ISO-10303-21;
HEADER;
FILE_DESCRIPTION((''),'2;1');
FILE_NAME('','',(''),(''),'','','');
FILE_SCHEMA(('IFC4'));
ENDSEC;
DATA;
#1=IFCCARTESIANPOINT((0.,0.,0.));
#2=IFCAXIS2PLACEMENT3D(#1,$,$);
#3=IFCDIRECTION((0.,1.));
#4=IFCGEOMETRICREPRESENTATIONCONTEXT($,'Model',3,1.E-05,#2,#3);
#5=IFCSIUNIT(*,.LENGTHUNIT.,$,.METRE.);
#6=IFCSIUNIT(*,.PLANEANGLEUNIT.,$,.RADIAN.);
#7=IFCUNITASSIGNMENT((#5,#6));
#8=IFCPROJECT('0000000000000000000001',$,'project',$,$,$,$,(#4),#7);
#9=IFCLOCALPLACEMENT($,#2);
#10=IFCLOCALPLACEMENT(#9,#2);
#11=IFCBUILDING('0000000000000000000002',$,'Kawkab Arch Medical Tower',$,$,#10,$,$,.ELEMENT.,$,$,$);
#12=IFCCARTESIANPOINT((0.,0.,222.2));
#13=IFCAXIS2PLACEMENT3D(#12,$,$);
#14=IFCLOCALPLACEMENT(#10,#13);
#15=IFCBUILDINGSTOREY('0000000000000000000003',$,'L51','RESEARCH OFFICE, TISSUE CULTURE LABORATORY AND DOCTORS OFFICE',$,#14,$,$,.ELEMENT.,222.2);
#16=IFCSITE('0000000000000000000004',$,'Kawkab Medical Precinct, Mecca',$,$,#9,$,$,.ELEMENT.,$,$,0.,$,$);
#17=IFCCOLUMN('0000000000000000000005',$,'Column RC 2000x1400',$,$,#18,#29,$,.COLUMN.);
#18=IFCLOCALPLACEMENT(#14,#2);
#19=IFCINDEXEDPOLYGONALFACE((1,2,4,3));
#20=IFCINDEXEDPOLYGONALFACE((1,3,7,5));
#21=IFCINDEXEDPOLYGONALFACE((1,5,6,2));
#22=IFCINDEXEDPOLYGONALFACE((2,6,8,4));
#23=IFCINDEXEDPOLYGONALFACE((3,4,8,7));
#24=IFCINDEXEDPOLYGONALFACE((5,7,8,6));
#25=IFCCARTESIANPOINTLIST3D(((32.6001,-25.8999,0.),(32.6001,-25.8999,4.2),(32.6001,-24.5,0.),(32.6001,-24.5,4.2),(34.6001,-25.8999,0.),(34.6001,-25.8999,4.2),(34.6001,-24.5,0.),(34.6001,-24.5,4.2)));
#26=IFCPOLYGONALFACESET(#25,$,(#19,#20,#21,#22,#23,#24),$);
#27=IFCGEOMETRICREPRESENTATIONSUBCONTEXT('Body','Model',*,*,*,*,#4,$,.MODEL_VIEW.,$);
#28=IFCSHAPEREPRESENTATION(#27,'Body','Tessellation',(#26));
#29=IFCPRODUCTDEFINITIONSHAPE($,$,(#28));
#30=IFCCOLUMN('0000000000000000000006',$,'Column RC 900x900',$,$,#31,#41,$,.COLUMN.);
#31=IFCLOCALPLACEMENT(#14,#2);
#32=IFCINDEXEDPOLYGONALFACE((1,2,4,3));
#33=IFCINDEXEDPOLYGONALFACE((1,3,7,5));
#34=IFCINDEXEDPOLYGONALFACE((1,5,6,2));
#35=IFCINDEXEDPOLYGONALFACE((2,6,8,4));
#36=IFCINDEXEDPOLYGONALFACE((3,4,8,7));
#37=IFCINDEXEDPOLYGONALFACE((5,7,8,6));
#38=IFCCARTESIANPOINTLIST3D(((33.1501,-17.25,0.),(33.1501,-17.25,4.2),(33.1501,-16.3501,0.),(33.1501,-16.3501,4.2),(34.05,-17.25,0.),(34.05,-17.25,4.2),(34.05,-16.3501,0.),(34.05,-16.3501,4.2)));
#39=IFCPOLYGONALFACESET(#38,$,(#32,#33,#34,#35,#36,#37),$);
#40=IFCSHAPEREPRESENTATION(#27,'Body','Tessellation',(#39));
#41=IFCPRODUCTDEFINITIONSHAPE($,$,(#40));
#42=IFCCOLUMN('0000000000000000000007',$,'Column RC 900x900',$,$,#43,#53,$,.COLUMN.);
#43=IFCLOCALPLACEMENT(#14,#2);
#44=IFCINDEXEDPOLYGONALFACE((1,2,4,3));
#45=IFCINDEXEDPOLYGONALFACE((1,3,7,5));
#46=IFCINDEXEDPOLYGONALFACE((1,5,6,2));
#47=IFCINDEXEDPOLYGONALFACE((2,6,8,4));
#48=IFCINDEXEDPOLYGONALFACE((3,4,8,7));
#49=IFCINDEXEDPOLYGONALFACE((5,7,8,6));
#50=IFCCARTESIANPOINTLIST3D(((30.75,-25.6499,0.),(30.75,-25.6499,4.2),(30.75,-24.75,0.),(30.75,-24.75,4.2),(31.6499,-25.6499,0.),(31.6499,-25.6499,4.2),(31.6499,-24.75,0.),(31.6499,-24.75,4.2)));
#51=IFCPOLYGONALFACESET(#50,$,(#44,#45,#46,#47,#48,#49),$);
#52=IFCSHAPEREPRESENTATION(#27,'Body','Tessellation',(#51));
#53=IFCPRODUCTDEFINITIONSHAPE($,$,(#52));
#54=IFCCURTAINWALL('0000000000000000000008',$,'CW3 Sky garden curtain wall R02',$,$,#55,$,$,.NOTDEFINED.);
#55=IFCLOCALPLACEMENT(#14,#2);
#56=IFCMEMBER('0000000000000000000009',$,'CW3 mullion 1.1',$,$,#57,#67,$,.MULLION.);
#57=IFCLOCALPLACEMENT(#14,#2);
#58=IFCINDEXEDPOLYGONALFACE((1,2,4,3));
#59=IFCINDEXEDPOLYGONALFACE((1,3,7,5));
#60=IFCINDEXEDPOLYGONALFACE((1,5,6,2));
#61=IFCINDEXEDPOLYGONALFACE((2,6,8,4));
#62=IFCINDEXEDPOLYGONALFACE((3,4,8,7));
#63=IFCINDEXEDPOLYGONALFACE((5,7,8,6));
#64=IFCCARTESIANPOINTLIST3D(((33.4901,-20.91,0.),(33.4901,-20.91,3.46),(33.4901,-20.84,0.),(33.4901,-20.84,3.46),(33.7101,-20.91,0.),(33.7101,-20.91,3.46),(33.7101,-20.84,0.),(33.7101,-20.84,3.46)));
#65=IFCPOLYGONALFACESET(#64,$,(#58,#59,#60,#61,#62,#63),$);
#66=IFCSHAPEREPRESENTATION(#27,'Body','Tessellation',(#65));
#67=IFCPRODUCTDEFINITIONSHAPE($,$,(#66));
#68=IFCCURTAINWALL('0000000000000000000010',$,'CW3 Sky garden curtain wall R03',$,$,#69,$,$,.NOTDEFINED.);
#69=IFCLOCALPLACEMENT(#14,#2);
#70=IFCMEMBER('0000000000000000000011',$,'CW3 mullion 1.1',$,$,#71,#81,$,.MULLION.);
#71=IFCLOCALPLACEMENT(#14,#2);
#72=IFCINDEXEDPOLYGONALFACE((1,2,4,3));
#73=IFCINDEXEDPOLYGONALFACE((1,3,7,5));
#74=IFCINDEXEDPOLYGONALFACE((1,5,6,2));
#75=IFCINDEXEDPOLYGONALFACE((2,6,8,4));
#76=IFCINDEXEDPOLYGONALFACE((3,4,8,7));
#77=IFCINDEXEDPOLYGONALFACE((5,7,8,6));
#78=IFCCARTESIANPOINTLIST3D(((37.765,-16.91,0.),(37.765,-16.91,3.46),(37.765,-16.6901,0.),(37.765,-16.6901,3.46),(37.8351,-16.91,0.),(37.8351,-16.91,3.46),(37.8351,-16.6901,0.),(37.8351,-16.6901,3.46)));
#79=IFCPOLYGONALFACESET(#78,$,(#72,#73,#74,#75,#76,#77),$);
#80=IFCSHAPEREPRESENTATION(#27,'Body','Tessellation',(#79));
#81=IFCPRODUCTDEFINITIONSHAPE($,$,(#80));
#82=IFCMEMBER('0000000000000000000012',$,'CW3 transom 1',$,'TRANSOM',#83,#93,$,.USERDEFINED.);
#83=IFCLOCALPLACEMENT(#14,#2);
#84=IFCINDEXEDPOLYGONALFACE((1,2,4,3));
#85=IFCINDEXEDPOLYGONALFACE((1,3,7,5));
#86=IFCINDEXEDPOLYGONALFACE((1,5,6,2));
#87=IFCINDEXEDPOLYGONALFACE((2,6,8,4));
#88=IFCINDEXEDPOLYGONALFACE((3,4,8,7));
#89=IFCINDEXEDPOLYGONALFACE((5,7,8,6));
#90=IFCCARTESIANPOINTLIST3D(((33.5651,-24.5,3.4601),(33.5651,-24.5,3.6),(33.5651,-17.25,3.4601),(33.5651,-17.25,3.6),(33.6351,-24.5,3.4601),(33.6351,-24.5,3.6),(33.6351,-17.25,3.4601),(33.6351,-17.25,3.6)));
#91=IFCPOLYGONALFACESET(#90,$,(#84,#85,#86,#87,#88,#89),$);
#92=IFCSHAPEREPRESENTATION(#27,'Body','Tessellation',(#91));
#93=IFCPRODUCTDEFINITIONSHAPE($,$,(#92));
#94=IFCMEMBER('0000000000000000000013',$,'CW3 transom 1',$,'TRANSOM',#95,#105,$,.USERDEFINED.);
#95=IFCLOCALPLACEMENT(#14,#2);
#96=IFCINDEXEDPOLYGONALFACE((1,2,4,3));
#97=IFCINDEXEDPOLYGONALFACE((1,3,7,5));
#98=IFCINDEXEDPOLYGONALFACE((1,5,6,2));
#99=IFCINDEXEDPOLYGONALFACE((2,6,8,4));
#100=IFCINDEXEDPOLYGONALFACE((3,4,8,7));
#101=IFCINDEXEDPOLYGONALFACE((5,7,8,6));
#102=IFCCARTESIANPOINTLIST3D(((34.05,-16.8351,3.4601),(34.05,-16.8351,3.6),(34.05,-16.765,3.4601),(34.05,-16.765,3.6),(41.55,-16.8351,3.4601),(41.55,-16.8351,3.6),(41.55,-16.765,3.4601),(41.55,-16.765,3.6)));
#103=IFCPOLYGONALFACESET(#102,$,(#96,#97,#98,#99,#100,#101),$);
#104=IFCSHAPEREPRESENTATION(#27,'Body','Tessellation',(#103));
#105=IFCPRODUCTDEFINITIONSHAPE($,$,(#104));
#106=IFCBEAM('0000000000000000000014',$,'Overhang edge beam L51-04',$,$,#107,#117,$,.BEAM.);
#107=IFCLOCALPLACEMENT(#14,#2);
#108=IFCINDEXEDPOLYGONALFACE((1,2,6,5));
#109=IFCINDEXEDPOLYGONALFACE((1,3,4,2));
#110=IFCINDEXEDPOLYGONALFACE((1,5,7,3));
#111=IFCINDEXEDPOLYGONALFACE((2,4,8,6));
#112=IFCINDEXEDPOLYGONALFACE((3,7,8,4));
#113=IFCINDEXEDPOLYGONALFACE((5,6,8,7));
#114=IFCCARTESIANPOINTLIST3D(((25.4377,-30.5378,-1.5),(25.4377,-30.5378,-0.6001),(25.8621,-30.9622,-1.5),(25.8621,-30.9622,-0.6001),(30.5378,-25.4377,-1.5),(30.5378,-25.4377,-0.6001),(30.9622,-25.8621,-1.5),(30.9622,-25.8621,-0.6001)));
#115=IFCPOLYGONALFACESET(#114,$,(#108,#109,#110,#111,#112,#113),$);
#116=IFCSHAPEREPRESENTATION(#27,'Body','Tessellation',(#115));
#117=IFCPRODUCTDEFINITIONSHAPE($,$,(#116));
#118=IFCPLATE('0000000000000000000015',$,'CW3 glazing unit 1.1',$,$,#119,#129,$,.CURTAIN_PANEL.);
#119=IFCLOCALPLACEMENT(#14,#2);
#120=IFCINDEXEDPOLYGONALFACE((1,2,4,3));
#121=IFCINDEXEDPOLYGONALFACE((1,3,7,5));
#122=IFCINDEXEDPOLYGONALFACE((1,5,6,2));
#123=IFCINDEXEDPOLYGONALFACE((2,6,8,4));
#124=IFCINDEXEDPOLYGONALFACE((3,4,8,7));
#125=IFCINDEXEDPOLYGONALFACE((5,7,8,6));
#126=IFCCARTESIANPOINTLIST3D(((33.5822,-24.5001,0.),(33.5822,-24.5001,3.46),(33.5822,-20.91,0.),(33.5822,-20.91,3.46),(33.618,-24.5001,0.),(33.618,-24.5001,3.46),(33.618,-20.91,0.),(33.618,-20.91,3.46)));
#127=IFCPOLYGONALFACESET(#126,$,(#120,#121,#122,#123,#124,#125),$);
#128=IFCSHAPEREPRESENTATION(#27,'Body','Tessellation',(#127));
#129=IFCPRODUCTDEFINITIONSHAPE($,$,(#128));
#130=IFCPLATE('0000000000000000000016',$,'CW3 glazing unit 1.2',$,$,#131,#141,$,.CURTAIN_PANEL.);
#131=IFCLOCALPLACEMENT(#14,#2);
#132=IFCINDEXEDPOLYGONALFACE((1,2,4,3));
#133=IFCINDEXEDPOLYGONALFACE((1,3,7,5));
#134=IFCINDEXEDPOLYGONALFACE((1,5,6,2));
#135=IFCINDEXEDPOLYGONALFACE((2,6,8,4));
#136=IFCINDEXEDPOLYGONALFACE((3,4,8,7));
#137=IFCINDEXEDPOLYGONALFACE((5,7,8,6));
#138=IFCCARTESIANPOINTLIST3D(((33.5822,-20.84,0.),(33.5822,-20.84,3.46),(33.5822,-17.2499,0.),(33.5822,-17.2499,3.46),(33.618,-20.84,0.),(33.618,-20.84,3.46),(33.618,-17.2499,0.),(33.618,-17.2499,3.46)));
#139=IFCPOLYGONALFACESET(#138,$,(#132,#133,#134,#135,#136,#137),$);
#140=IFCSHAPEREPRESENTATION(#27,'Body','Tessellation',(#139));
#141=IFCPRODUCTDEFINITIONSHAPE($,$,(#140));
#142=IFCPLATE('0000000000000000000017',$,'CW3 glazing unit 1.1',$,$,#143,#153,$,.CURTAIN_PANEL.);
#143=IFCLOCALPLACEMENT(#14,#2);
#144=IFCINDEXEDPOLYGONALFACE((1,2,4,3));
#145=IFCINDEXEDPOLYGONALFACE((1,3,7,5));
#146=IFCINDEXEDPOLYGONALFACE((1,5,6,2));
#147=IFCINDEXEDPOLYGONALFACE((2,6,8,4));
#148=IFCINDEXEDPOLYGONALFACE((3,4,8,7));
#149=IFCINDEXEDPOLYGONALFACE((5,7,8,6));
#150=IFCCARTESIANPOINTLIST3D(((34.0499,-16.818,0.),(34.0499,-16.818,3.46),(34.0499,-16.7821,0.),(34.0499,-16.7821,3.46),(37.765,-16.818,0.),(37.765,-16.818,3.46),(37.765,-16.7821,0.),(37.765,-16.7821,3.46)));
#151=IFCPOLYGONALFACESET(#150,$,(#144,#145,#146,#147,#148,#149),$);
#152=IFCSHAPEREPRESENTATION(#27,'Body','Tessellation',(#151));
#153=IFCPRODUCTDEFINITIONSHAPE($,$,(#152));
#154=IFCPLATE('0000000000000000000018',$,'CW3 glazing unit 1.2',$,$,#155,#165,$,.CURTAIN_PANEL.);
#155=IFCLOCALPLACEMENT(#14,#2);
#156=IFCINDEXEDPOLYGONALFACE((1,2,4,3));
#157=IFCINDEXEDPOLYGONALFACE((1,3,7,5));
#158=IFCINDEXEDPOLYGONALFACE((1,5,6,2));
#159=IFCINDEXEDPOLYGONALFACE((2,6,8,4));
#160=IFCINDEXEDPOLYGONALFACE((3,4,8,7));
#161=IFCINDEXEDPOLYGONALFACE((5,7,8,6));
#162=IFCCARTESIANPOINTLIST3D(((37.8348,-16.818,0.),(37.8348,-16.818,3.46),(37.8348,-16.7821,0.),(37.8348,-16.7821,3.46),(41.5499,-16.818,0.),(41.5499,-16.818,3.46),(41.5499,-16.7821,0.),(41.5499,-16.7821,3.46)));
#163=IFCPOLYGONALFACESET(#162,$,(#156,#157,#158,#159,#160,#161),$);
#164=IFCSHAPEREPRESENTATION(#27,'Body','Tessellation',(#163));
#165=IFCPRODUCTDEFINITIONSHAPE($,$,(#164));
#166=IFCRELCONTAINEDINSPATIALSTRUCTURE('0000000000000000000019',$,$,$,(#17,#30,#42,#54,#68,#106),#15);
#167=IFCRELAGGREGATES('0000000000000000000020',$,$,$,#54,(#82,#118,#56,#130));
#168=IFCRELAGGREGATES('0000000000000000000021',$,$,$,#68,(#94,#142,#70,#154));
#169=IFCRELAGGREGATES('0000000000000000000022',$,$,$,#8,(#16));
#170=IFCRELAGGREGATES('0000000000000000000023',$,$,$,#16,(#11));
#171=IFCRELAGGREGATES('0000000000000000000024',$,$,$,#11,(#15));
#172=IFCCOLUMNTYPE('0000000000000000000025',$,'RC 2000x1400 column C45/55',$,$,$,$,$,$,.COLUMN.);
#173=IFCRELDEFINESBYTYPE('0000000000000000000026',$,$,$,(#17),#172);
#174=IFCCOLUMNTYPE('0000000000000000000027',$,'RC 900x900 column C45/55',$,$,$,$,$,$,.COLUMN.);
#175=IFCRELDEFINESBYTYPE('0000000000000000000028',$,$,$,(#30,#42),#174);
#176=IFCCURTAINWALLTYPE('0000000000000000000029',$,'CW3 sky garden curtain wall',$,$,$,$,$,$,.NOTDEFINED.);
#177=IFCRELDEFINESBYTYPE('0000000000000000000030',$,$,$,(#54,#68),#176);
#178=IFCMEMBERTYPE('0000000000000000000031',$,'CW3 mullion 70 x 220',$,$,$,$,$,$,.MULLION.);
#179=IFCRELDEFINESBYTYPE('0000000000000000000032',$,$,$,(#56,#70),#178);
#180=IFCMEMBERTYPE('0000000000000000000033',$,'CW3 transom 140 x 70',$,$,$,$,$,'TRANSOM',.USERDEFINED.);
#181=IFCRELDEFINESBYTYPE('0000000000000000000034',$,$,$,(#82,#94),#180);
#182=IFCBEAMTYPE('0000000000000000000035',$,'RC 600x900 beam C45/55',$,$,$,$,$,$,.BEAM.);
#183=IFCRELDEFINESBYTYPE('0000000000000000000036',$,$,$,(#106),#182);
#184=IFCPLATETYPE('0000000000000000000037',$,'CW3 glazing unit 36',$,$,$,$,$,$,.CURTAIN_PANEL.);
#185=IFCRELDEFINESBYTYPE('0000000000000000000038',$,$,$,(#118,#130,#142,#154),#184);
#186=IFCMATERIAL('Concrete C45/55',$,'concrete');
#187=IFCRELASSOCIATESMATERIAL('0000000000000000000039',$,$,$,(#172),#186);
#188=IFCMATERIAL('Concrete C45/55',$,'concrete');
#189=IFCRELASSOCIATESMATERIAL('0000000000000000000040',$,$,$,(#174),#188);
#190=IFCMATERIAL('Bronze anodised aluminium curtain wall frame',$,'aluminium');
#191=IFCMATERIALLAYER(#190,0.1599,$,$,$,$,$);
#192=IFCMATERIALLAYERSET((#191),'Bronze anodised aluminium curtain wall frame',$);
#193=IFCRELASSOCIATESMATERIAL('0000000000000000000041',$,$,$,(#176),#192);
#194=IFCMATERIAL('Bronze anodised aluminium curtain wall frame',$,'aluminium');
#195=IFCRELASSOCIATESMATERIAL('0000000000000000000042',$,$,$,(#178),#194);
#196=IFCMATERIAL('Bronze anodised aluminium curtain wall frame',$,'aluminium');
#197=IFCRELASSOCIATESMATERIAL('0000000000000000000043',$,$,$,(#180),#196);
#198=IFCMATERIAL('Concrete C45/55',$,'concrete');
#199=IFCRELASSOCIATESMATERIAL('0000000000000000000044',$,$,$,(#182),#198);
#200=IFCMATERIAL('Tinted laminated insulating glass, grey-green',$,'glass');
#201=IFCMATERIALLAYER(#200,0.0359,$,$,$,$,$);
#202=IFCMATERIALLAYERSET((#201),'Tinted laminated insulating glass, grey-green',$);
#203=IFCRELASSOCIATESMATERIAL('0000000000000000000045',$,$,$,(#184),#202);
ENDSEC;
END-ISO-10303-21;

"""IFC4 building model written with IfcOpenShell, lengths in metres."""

from ifc_helpers import new_model, si_unit, direction, frame, origin, origin_2d, place, context, subcontext, project, spatial, rectangle, extrude, material, layer, layer_set, material_profile, profile_set, type_object, element, aggregate, save


model = new_model("IFC4")

# Units and contexts
model_context = context("Model", 3, precision=1e-05, world=origin(), true_north=direction((0.0, 1.0)))
body_context = subcontext(model_context, "Body", "Model", "MODEL_VIEW")
ifc_project = project(units=[si_unit("LENGTHUNIT", "METRE"), si_unit("PLANEANGLEUNIT", "RADIAN")], contexts=[model_context])

# Site, building, storey
site_placement = place(None, origin())
site = spatial("IfcSite", under=ifc_project, at=site_placement, Name="Kawkab Medical Precinct, Mecca", CompositionType="ELEMENT", RefElevation=0.0)
building_placement = place(site_placement, origin())
building = spatial("IfcBuilding", under=site, at=building_placement, Name="Kawkab Arch Medical Tower", CompositionType="ELEMENT")
storey_placement = place(building_placement, frame((0.0, 0.0, 222.2)))
storey = spatial("IfcBuildingStorey", under=building, at=storey_placement, Name="L51", Description="RESEARCH OFFICE, TISSUE CULTURE LABORATORY AND DOCTORS OFFICE", CompositionType="ELEMENT", Elevation=222.2)

# Columns
ifc_material_1 = material(Name="Concrete C45/55", Category="concrete")
ifc_material_profile_1 = material_profile(ifc_material_1, rectangle(XDim=2.0, YDim=1.3999, at=origin_2d()), Name="RC 2000x1400")
ifc_profile_set_1 = profile_set([ifc_material_profile_1], Name="Concrete C45/55")
column_type_1 = type_object("IfcColumnType", Name="RC 2000x1400 column C45/55", PredefinedType="COLUMN", material=ifc_profile_set_1)
column_placement = place(storey_placement, frame((33.6001, -25.2, 0.0), z_axis=(0.0, 0.0, 1.0), x_axis=(-1.0, 0.0, 0.0)))
element("IfcColumn", 1, at=column_placement, inside=storey, type_object=column_type_1, Name="Column RC 2000x1400", PredefinedType="COLUMN", context=body_context, shape_type="SweptSolid", body=[
    extrude(rectangle(XDim=2.0, YDim=1.3999, at=origin_2d()), origin(), (0.0, 0.0, 1.0), 4.2),
])
ifc_material_2 = material(Name="Concrete C45/55", Category="concrete")
ifc_material_profile_2 = material_profile(ifc_material_2, rectangle(XDim=0.8999, YDim=0.8999, at=origin_2d()), Name="RC 900x900")
ifc_profile_set_2 = profile_set([ifc_material_profile_2], Name="Concrete C45/55")
column_type_2 = type_object("IfcColumnType", Name="RC 900x900 column C45/55", PredefinedType="COLUMN", material=ifc_profile_set_2)
for number, where, z_axis, x_axis, name in (
    (2, (33.6001, -16.8, 0.0), (0.0, 0.0, 1.0), (1.0, 0.0, 0.0), "Column RC 900x900"),
    (3, (31.2, -25.2, 0.0), (0.0, 0.0, 1.0), (1.0, 0.0, 0.0), "Column RC 900x900"),
):
    element("IfcColumn", number, at=place(storey_placement, frame(where, z_axis=z_axis, x_axis=x_axis)), inside=storey, type_object=column_type_2, Name=name, PredefinedType="COLUMN", context=body_context, shape_type="SweptSolid", body=[
        extrude(rectangle(XDim=0.8999, YDim=0.8999, at=origin_2d()), origin(), (0.0, 0.0, 1.0), 4.2),
    ])

# Curtain walls, members
ifc_material_3 = material(Name="Bronze anodised aluminium curtain wall frame", Category="aluminium")
ifc_layer_1 = layer(ifc_material_3, 0.1599)
ifc_layer_set_1 = layer_set([ifc_layer_1], Name="Bronze anodised aluminium curtain wall frame")
curtain_wall_type = type_object("IfcCurtainWallType", Name="CW3 sky garden curtain wall", PredefinedType="NOTDEFINED", material=ifc_layer_set_1)
placement = place(storey_placement, origin())
curtain_wall_1 = element("IfcCurtainWall", 4, at=placement, inside=storey, type_object=curtain_wall_type, Name="CW3 Sky garden curtain wall R02", PredefinedType="NOTDEFINED")
ifc_material_4 = material(Name="Bronze anodised aluminium curtain wall frame", Category="aluminium")
ifc_material_profile_3 = material_profile(ifc_material_4, rectangle(XDim=0.22, YDim=0.0701, at=origin_2d()), Name="AL 70x220")
ifc_profile_set_3 = profile_set([ifc_material_profile_3], Name="Bronze anodised aluminium curtain wall frame")
member_type_1 = type_object("IfcMemberType", Name="CW3 mullion 70 x 220", PredefinedType="MULLION", material=ifc_profile_set_3)
member_1_placement = place(storey_placement, frame((33.6001, -20.875, 0.0), z_axis=(0.0, 0.0, 1.0), x_axis=(-1.0, 0.0, 0.0)))
member_1 = element("IfcMember", 5, at=member_1_placement, type_object=member_type_1, Name="CW3 mullion 1.1", PredefinedType="MULLION", context=body_context, shape_type="SweptSolid", body=[
    extrude(rectangle(XDim=0.22, YDim=0.0701, at=origin_2d()), origin(), (0.0, 0.0, 1.0), 3.46),
])
curtain_wall_2 = element("IfcCurtainWall", 6, at=placement, inside=storey, type_object=curtain_wall_type, Name="CW3 Sky garden curtain wall R03", PredefinedType="NOTDEFINED")
member_2_placement = place(storey_placement, frame((37.8, -16.8, 0.0), z_axis=(0.0, 0.0, 1.0), x_axis=(0.0, 1.0, 0.0)))
member_2 = element("IfcMember", 7, at=member_2_placement, type_object=member_type_1, Name="CW3 mullion 1.1", PredefinedType="MULLION", context=body_context, shape_type="SweptSolid", body=[
    extrude(rectangle(XDim=0.22, YDim=0.0701, at=origin_2d()), origin(), (0.0, 0.0, 1.0), 3.46),
])

# Members
ifc_material_5 = material(Name="Bronze anodised aluminium curtain wall frame", Category="aluminium")
ifc_material_profile_4 = material_profile(ifc_material_5, rectangle(XDim=0.0701, YDim=0.1399, at=origin_2d()), Name="AL 70x140")
ifc_profile_set_4 = profile_set([ifc_material_profile_4], Name="Bronze anodised aluminium curtain wall frame")
member_type_2 = type_object("IfcMemberType", Name="CW3 transom 140 x 70", ElementType="TRANSOM", PredefinedType="USERDEFINED", material=ifc_profile_set_4)
member_3_placement = place(storey_placement, frame((33.6001, -24.5, 3.53), z_axis=(0.0, 1.0, 0.0), x_axis=(-1.0, 0.0, 0.0)))
member_3 = element("IfcMember", 8, at=member_3_placement, type_object=member_type_2, Name="CW3 transom 1", ObjectType="TRANSOM", PredefinedType="USERDEFINED", context=body_context, shape_type="SweptSolid", body=[
    extrude(rectangle(XDim=0.0701, YDim=0.1399, at=origin_2d()), origin(), (0.0, 0.0, 1.0), 7.25),
])
member_4_placement = place(storey_placement, frame((34.05, -16.8, 3.53), z_axis=(1.0, 0.0, 0.0), x_axis=(0.0, 1.0, 0.0)))
member_4 = element("IfcMember", 9, at=member_4_placement, type_object=member_type_2, Name="CW3 transom 1", ObjectType="TRANSOM", PredefinedType="USERDEFINED", context=body_context, shape_type="SweptSolid", body=[
    extrude(rectangle(XDim=0.0701, YDim=0.1399, at=origin_2d()), origin(), (0.0, 0.0, 1.0), 7.5),
])

# Beam
ifc_material_6 = material(Name="Concrete C45/55", Category="concrete")
ifc_material_profile_5 = material_profile(ifc_material_6, rectangle(XDim=0.6001, YDim=0.8999, at=origin_2d()), Name="RC 600x900")
ifc_profile_set_5 = profile_set([ifc_material_profile_5], Name="Concrete C45/55")
beam_type = type_object("IfcBeamType", Name="RC 600x900 beam C45/55", PredefinedType="BEAM", material=ifc_profile_set_5)
beam_placement = place(storey_placement, frame((30.75, -25.6499, -1.05), z_axis=(-0.707107, -0.707107, 0.0), x_axis=(0.707107, -0.707107, 0.0)))
element("IfcBeam", 10, at=beam_placement, inside=storey, type_object=beam_type, Name="Overhang edge beam L51-04", PredefinedType="BEAM", context=body_context, shape_type="SweptSolid", body=[
    extrude(rectangle(XDim=0.6001, YDim=0.8999, at=origin_2d()), origin(), (0.0, 0.0, 1.0), 7.2126),
])

# Plates
ifc_material_7 = material(Name="Tinted laminated insulating glass, grey-green", Category="glass")
ifc_layer_2 = layer(ifc_material_7, 0.0359)
ifc_layer_set_2 = layer_set([ifc_layer_2], Name="Tinted laminated insulating glass, grey-green")
plate_type = type_object("IfcPlateType", Name="CW3 glazing unit 36", PredefinedType="CURTAIN_PANEL", material=ifc_layer_set_2)
plate_1_placement = place(storey_placement, frame((33.6001, -22.7051, 0.0), z_axis=(0.0, 0.0, 1.0), x_axis=(0.0, 1.0, 0.0)))
plate_1 = element("IfcPlate", 11, at=plate_1_placement, type_object=plate_type, Name="CW3 glazing unit 1.1", PredefinedType="CURTAIN_PANEL", context=body_context, shape_type="SweptSolid", body=[
    extrude(rectangle(XDim=3.5901, YDim=0.0359, at=origin_2d()), origin(), (0.0, 0.0, 1.0), 3.46),
])
plate_2_placement = place(storey_placement, frame((33.6001, -19.0449, 0.0), z_axis=(0.0, 0.0, 1.0), x_axis=(0.0, 1.0, 0.0)))
plate_2 = element("IfcPlate", 12, at=plate_2_placement, type_object=plate_type, Name="CW3 glazing unit 1.2", PredefinedType="CURTAIN_PANEL", context=body_context, shape_type="SweptSolid", body=[
    extrude(rectangle(XDim=3.5901, YDim=0.0359, at=origin_2d()), origin(), (0.0, 0.0, 1.0), 3.46),
])
aggregate(curtain_wall_1, [member_3, plate_1, member_1, plate_2])
plate_3_placement = place(storey_placement, frame((35.9075, -16.8, 0.0), z_axis=(0.0, 0.0, 1.0), x_axis=(1.0, 0.0, 0.0)))
plate_3 = element("IfcPlate", 13, at=plate_3_placement, type_object=plate_type, Name="CW3 glazing unit 1.1", PredefinedType="CURTAIN_PANEL", context=body_context, shape_type="SweptSolid", body=[
    extrude(rectangle(XDim=3.7151, YDim=0.0359, at=origin_2d()), origin(), (0.0, 0.0, 1.0), 3.46),
])
plate_4_placement = place(storey_placement, frame((39.6924, -16.8, 0.0), z_axis=(0.0, 0.0, 1.0), x_axis=(1.0, 0.0, 0.0)))
plate_4 = element("IfcPlate", 14, at=plate_4_placement, type_object=plate_type, Name="CW3 glazing unit 1.2", PredefinedType="CURTAIN_PANEL", context=body_context, shape_type="SweptSolid", body=[
    extrude(rectangle(XDim=3.7151, YDim=0.0359, at=origin_2d()), origin(), (0.0, 0.0, 1.0), 3.46),
])
aggregate(curtain_wall_2, [member_4, plate_3, member_2, plate_4])

save(model, "model.ifc")
